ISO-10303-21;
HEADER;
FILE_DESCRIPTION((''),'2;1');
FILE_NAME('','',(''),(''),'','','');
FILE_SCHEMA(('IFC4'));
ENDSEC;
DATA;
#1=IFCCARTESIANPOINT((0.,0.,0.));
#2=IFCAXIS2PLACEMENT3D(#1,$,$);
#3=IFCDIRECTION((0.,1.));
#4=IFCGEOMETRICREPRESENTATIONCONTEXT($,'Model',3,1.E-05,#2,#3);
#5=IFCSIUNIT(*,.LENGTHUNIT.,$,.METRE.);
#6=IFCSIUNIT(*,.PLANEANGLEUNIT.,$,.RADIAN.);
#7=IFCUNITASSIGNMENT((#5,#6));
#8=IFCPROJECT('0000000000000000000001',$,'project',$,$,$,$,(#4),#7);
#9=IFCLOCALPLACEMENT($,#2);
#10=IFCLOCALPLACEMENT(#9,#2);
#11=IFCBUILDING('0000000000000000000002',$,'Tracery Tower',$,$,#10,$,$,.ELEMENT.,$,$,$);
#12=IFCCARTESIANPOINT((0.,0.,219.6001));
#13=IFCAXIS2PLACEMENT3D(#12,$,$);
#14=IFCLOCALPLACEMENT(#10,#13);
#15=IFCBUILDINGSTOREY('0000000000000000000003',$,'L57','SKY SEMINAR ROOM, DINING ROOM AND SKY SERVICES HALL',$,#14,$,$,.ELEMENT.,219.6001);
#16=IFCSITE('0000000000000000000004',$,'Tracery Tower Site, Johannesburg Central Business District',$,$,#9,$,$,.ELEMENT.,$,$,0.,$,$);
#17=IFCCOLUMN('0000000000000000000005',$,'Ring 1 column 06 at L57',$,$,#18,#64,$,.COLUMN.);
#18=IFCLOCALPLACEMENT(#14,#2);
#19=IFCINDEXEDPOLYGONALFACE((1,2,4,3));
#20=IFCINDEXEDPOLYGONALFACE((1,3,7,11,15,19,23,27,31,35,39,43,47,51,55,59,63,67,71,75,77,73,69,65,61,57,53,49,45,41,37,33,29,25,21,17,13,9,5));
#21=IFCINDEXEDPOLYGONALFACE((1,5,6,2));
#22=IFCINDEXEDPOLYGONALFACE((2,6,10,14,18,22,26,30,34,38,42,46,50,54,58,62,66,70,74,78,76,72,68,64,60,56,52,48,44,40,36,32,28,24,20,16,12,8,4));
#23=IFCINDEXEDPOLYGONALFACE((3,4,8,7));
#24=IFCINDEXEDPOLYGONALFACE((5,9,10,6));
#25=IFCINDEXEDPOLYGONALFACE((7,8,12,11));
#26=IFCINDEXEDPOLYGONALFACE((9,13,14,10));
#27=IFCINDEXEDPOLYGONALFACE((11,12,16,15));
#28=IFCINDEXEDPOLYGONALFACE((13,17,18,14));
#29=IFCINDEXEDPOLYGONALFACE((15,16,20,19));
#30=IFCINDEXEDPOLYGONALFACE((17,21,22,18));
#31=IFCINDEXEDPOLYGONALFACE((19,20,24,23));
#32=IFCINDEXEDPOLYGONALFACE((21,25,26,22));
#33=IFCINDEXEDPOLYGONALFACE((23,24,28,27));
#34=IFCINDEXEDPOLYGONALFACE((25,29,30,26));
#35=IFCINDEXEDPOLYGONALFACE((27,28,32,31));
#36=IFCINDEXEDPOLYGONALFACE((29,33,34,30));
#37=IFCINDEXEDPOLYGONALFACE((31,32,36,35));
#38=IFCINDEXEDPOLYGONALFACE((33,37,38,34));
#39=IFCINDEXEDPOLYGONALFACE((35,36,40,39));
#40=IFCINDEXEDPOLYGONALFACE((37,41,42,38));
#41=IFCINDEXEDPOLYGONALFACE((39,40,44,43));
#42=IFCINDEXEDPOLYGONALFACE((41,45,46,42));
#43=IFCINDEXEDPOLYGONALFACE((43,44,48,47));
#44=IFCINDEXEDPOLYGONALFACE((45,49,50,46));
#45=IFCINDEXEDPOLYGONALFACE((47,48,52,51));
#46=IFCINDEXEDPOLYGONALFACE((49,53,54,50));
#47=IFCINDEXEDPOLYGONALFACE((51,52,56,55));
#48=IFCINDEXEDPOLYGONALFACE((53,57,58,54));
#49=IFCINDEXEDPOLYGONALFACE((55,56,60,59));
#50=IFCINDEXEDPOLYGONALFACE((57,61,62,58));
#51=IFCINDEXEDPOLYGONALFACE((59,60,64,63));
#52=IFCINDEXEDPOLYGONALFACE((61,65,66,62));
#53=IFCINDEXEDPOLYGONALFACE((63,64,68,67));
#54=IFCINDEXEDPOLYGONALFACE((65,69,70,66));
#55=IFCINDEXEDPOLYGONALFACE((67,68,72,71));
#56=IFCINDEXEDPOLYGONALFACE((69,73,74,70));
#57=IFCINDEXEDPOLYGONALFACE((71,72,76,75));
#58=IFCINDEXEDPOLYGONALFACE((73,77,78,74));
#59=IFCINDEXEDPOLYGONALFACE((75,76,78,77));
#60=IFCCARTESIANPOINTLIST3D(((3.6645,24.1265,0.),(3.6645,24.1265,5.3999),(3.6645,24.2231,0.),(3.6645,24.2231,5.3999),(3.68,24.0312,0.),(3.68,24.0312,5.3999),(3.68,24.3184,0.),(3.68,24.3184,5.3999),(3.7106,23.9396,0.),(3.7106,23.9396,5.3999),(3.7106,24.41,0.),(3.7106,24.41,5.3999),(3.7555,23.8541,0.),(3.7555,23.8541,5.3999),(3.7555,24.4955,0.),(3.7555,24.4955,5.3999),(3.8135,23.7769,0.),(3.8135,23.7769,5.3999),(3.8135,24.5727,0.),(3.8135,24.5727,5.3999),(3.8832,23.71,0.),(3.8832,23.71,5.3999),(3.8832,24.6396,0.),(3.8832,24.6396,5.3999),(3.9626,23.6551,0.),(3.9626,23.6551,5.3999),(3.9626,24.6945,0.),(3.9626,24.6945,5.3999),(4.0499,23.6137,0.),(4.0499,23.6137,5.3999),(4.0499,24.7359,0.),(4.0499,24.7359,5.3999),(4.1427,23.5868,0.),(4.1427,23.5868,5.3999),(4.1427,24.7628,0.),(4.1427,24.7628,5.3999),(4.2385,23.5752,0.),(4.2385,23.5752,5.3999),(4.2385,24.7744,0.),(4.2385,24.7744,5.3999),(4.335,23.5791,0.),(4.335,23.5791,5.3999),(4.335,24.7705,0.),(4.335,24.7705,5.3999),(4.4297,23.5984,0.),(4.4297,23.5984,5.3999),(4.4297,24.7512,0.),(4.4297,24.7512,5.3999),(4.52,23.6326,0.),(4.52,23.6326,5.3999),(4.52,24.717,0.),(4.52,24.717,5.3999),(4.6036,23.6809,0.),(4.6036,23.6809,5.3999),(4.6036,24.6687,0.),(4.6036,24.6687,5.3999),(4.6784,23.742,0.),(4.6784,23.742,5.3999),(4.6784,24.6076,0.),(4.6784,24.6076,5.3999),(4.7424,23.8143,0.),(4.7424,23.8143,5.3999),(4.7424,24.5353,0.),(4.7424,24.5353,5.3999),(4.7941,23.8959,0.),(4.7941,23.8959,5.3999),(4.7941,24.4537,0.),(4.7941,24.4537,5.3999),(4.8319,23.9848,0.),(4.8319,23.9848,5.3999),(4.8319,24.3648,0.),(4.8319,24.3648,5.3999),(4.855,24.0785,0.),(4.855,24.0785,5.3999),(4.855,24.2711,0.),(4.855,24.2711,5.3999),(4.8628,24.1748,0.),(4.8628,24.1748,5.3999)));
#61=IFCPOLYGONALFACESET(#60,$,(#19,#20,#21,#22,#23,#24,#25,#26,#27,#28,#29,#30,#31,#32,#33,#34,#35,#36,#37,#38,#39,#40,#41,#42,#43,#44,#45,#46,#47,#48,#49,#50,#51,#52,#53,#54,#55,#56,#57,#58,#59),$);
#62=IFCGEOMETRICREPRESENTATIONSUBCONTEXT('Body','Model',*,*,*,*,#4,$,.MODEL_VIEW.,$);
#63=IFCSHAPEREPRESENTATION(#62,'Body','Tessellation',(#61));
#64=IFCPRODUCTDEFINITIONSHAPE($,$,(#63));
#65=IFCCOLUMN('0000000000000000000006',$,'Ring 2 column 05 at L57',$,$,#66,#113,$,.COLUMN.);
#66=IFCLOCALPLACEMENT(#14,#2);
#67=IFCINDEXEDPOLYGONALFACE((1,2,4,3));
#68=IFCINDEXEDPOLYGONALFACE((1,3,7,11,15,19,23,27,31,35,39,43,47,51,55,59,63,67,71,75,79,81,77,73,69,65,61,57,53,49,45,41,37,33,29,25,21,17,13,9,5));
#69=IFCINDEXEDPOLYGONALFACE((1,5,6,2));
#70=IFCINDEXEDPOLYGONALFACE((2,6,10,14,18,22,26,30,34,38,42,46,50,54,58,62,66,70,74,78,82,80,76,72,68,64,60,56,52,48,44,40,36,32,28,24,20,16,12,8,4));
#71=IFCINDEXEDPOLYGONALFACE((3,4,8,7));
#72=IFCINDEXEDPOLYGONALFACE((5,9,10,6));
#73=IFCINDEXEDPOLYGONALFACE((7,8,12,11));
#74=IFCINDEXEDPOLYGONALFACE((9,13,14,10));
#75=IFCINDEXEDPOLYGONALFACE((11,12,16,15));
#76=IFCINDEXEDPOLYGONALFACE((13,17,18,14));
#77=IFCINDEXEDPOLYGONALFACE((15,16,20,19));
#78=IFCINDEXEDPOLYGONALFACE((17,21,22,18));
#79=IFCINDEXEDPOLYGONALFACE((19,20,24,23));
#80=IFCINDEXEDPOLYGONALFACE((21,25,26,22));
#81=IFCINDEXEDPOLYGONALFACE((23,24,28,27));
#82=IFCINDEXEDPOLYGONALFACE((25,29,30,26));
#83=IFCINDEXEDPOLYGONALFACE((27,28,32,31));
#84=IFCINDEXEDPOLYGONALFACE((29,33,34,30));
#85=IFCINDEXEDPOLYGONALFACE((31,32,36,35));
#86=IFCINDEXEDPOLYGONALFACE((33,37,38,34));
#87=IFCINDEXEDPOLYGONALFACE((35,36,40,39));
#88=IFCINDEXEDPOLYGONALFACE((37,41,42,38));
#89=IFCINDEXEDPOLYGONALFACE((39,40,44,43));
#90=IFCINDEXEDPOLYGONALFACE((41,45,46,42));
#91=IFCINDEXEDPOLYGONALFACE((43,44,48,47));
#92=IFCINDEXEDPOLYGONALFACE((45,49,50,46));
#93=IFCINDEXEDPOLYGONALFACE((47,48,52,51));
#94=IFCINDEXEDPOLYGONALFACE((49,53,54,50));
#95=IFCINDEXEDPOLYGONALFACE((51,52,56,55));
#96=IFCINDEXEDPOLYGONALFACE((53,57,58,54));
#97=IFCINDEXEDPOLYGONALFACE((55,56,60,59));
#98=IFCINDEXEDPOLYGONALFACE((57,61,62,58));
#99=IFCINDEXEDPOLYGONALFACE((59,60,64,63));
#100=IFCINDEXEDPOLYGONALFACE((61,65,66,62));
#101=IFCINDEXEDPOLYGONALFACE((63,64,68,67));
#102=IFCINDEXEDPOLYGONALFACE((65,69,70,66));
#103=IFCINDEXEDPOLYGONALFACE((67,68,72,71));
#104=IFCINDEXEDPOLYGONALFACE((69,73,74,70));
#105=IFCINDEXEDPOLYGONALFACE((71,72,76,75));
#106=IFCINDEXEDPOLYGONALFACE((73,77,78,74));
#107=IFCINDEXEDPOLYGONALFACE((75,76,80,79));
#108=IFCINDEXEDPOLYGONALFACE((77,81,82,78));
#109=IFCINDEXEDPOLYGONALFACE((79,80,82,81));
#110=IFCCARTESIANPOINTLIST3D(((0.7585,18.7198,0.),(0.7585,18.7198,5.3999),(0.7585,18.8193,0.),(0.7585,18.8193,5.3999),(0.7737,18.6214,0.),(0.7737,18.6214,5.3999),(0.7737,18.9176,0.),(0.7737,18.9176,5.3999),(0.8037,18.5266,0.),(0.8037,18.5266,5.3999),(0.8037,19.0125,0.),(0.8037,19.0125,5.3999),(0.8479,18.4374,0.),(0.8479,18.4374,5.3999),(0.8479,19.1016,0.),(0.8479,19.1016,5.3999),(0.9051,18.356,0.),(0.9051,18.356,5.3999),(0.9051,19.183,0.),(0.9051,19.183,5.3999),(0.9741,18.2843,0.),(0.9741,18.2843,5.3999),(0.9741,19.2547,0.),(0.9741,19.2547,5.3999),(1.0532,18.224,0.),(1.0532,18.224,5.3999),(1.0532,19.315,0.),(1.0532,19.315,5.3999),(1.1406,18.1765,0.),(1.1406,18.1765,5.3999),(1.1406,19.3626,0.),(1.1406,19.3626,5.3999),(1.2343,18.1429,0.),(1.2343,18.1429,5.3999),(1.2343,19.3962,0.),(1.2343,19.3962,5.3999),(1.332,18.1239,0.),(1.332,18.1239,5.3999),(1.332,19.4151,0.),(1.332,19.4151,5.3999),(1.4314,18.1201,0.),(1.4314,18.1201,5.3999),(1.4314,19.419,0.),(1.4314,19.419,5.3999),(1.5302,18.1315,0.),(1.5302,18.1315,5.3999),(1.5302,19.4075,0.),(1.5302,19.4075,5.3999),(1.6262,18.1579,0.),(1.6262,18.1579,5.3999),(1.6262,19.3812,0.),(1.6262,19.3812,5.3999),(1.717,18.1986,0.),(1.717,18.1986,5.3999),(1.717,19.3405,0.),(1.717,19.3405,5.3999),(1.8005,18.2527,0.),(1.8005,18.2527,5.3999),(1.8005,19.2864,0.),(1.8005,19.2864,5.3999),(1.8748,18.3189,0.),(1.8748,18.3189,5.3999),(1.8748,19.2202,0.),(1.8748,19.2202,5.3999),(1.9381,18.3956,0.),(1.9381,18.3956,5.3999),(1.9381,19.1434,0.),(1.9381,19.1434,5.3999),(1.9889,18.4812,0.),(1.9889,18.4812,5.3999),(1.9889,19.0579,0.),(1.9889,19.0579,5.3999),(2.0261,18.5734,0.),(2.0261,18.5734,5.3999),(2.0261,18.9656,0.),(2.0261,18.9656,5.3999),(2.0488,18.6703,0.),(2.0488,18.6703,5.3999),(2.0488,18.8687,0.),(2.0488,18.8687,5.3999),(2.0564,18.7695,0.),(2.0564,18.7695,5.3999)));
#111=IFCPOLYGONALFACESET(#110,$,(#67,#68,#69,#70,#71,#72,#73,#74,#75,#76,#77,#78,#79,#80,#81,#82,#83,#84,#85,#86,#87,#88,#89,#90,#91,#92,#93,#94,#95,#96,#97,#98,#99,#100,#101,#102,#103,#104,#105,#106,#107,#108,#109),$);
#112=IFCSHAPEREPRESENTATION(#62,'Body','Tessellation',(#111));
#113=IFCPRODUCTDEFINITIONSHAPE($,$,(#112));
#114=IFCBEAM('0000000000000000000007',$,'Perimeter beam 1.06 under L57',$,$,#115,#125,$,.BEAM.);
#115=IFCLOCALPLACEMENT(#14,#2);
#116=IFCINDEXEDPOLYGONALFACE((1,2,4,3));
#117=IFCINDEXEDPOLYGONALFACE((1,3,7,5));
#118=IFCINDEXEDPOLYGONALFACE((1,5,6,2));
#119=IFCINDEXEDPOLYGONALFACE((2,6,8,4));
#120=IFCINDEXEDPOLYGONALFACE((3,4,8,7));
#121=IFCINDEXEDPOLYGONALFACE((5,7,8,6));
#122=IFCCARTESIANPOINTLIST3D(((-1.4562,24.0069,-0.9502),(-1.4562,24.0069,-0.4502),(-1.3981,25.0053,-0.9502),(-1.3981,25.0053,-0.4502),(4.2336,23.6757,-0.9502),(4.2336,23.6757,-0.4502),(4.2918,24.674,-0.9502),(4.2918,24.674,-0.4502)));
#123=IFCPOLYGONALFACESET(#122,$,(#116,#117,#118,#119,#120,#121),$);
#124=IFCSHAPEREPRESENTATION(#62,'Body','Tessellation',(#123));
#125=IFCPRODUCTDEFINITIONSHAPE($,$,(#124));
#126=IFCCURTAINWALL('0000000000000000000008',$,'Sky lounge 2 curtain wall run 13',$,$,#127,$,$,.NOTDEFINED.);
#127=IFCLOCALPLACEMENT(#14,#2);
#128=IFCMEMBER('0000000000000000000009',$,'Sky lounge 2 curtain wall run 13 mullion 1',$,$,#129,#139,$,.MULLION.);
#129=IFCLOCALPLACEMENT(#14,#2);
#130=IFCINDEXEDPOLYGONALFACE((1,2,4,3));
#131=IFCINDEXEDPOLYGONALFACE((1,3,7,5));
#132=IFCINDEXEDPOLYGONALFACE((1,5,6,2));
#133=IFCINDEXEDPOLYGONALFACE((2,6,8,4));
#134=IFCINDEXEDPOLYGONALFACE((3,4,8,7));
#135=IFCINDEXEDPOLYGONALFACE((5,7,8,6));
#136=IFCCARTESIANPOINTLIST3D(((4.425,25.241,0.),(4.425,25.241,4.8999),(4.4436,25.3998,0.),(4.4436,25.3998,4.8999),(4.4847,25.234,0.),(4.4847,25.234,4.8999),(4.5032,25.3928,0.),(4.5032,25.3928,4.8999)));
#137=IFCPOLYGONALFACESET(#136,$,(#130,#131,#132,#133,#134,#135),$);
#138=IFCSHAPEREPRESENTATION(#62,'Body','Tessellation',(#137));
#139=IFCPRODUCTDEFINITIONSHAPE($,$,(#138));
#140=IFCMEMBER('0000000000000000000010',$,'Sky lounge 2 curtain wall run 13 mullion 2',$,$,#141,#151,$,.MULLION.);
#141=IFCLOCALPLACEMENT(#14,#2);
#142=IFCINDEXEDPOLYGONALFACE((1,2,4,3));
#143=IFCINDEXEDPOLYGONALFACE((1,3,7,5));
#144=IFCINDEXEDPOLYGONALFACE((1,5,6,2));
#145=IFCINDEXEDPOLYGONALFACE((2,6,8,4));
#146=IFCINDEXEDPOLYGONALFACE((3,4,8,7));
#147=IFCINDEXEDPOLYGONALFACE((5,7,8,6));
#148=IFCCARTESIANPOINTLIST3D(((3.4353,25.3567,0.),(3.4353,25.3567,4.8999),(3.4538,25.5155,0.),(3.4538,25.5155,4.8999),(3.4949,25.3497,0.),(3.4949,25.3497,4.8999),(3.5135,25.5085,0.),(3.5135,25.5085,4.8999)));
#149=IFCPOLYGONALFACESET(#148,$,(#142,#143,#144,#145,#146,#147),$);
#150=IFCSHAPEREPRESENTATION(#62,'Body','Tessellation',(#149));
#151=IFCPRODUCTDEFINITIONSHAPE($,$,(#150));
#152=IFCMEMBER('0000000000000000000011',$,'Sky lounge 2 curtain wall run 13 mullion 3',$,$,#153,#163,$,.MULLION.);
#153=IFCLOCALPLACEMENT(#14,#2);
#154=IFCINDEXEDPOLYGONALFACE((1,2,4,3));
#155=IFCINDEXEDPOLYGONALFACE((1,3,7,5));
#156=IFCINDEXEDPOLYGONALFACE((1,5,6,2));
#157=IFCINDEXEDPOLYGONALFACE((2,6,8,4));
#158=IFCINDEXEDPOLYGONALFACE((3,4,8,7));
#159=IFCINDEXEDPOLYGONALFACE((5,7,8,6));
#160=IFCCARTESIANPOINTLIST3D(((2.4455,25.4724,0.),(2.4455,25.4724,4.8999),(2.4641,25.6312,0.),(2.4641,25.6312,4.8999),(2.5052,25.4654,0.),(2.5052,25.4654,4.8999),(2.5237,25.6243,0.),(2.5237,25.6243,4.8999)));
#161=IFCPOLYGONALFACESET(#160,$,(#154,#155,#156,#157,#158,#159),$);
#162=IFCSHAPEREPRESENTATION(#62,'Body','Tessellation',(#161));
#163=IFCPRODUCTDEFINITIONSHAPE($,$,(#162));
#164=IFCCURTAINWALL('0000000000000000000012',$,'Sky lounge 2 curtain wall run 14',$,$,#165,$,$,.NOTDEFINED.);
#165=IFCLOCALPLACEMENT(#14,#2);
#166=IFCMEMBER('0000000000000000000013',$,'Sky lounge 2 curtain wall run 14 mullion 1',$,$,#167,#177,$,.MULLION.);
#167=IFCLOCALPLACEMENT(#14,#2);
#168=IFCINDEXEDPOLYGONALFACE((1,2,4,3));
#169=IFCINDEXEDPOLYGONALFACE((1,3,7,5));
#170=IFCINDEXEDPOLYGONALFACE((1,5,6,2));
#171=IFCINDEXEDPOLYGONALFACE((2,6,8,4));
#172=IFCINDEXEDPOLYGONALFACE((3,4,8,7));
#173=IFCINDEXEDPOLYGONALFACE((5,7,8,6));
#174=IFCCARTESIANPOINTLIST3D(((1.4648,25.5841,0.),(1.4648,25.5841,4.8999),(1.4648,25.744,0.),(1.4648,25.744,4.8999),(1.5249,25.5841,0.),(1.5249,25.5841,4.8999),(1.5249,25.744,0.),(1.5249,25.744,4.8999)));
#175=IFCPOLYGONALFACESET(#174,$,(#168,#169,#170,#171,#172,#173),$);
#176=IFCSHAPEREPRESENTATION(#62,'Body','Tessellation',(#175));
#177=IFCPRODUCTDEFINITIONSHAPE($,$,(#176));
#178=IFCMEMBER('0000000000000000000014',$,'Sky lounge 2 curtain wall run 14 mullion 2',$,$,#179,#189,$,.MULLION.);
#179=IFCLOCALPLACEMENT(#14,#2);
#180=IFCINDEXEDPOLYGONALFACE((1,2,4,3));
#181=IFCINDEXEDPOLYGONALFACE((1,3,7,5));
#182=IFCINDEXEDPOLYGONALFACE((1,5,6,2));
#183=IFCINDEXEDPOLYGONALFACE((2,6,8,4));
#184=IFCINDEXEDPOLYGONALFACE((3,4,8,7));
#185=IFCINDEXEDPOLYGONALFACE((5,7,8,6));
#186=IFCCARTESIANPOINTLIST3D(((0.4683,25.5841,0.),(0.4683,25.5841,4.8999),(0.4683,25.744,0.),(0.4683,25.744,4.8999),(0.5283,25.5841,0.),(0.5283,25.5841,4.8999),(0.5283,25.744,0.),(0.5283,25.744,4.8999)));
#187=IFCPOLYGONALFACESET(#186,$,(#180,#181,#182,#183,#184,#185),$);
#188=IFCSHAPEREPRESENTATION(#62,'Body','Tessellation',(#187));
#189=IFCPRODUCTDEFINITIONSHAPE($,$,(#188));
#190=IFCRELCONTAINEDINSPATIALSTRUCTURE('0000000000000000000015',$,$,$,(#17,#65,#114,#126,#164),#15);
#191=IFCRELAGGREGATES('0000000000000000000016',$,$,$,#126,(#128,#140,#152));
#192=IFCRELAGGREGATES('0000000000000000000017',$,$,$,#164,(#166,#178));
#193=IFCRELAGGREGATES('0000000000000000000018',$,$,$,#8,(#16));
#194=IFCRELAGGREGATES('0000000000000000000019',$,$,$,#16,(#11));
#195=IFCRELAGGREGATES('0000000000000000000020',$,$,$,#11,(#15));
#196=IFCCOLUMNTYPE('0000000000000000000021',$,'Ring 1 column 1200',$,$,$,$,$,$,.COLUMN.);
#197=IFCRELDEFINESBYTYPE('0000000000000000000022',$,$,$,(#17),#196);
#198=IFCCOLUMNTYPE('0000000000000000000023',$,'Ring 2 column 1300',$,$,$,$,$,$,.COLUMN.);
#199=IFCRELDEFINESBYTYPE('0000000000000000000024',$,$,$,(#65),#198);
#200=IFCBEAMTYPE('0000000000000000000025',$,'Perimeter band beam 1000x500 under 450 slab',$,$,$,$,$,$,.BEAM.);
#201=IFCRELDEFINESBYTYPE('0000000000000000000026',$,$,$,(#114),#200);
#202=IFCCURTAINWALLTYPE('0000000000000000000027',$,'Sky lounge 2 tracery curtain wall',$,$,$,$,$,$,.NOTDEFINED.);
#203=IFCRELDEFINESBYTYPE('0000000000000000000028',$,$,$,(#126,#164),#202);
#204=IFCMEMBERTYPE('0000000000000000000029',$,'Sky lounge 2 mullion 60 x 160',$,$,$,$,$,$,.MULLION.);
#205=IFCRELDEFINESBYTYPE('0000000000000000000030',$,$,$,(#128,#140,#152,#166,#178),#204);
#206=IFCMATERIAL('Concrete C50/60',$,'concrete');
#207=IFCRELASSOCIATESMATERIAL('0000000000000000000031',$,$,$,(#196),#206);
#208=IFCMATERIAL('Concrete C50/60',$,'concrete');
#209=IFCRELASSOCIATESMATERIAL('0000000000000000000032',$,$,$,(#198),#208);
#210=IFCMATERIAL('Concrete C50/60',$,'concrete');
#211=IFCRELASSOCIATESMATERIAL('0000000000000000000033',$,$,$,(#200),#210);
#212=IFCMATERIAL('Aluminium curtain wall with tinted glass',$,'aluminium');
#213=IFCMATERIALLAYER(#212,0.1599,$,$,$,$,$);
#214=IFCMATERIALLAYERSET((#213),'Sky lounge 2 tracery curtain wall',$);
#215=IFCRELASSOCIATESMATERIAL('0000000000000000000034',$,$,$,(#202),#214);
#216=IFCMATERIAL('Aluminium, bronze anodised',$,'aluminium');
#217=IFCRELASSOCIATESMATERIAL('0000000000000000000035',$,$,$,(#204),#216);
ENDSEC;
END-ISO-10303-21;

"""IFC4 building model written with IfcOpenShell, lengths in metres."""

from ifc_helpers import new_model, si_unit, direction, frame, origin, origin_2d, place, context, subcontext, project, spatial, rectangle, circle, extrude, material, layer, layer_set, material_profile, profile_set, type_object, element, aggregate, save


model = new_model("IFC4")

# Units and contexts
model_context = context("Model", 3, precision=1e-05, world=origin(), true_north=direction((0.0, 1.0)))
body_context = subcontext(model_context, "Body", "Model", "MODEL_VIEW")
ifc_project = project(units=[si_unit("LENGTHUNIT", "METRE"), si_unit("PLANEANGLEUNIT", "RADIAN")], contexts=[model_context])

# Site, building, storey
site_placement = place(None, origin())
site = spatial("IfcSite", under=ifc_project, at=site_placement, Name="Tracery Tower Site, Johannesburg Central Business District", CompositionType="ELEMENT", RefElevation=0.0)
building_placement = place(site_placement, origin())
building = spatial("IfcBuilding", under=site, at=building_placement, Name="Tracery Tower", CompositionType="ELEMENT")
storey_placement = place(building_placement, frame((0.0, 0.0, 219.6001)))
storey = spatial("IfcBuildingStorey", under=building, at=storey_placement, Name="L57", Description="SKY SEMINAR ROOM, DINING ROOM AND SKY SERVICES HALL", CompositionType="ELEMENT", Elevation=219.6001)

# Columns
ifc_material_1 = material(Name="Concrete C50/60", Category="concrete")
ifc_material_profile_1 = material_profile(ifc_material_1, circle(Radius=0.6001, at=origin_2d()), Name="RC D1200")
ifc_profile_set_1 = profile_set([ifc_material_profile_1], Name="Concrete C50/60")
column_type_1 = type_object("IfcColumnType", Name="Ring 1 column 1200", PredefinedType="COLUMN", material=ifc_profile_set_1)
column_1_placement = place(storey_placement, frame((4.2627, 24.1748, 0.0), z_axis=(0.0, 0.0, 1.0), x_axis=(1.0, 0.0, 0.0)))
element("IfcColumn", 1, at=column_1_placement, inside=storey, type_object=column_type_1, Name="Ring 1 column 06 at L57", PredefinedType="COLUMN", context=body_context, shape_type="SweptSolid", body=[
    extrude(circle(Radius=0.6001, at=origin_2d()), origin(), (0.0, 0.0, 1.0), 5.3999),
])
ifc_material_2 = material(Name="Concrete C50/60", Category="concrete")
ifc_material_profile_2 = material_profile(ifc_material_2, circle(Radius=0.6499, at=origin_2d()), Name="RC D1300")
ifc_profile_set_2 = profile_set([ifc_material_profile_2], Name="Concrete C50/60")
column_type_2 = type_object("IfcColumnType", Name="Ring 2 column 1300", PredefinedType="COLUMN", material=ifc_profile_set_2)
column_2_placement = place(storey_placement, frame((1.4065, 18.7695, 0.0), z_axis=(0.0, 0.0, 1.0), x_axis=(1.0, 0.0, 0.0)))
element("IfcColumn", 2, at=column_2_placement, inside=storey, type_object=column_type_2, Name="Ring 2 column 05 at L57", PredefinedType="COLUMN", context=body_context, shape_type="SweptSolid", body=[
    extrude(circle(Radius=0.6499, at=origin_2d()), origin(), (0.0, 0.0, 1.0), 5.3999),
])

# Beam
ifc_material_3 = material(Name="Concrete C50/60", Category="concrete")
ifc_material_profile_3 = material_profile(ifc_material_3, rectangle(XDim=1.0, YDim=0.5, at=origin_2d()), Name="RC 1000x500")
ifc_profile_set_3 = profile_set([ifc_material_profile_3], Name="Concrete C50/60")
beam_type = type_object("IfcBeamType", Name="Perimeter band beam 1000x500 under 450 slab", PredefinedType="BEAM", material=ifc_profile_set_3)
beam_placement = place(storey_placement, frame((4.2627, 24.1748, -0.7002), z_axis=(-0.998309, 0.058127, 0.0), x_axis=(-0.058127, -0.998309, 0.0)))
element("IfcBeam", 3, at=beam_placement, inside=storey, type_object=beam_type, Name="Perimeter beam 1.06 under L57", PredefinedType="BEAM", context=body_context, shape_type="SweptSolid", body=[
    extrude(rectangle(XDim=1.0, YDim=0.5, at=origin_2d()), origin(), (0.0, 0.0, 1.0), 5.6995),
])

# Curtain walls, members
ifc_material_4 = material(Name="Aluminium curtain wall with tinted glass", Category="aluminium")
ifc_layer_1 = layer(ifc_material_4, 0.1599)
ifc_layer_set_1 = layer_set([ifc_layer_1], Name="Sky lounge 2 tracery curtain wall")
curtain_wall_type = type_object("IfcCurtainWallType", Name="Sky lounge 2 tracery curtain wall", PredefinedType="NOTDEFINED", material=ifc_layer_set_1)
curtain_wall_1_placement = place(storey_placement, origin())
curtain_wall_1 = element("IfcCurtainWall", 4, at=curtain_wall_1_placement, inside=storey, type_object=curtain_wall_type, Name="Sky lounge 2 curtain wall run 13", PredefinedType="NOTDEFINED")
ifc_material_5 = material(Name="Aluminium, bronze anodised", Category="aluminium")
ifc_material_profile_4 = material_profile(ifc_material_5, rectangle(XDim=0.1599, YDim=0.0601, at=origin_2d()), Name="AL 60x160")
ifc_profile_set_4 = profile_set([ifc_material_profile_4], Name="Aluminium, bronze anodised")
member_type_1 = type_object("IfcMemberType", Name="Sky lounge 2 mullion 60 x 160", PredefinedType="MULLION", material=ifc_profile_set_4)
member_1_placement = place(storey_placement, frame((4.4641, 25.3169, 0.0), z_axis=(0.0, 0.0, 1.0), x_axis=(-0.116093, -0.993238, 0.0)))
member_1 = element("IfcMember", 5, at=member_1_placement, type_object=member_type_1, Name="Sky lounge 2 curtain wall run 13 mullion 1", PredefinedType="MULLION", context=body_context, shape_type="SweptSolid", body=[
    extrude(rectangle(XDim=0.1599, YDim=0.0601, at=origin_2d()), origin(), (0.0, 0.0, 1.0), 4.8999),
])
member_2_placement = place(storey_placement, frame((3.4744, 25.4326, 0.0), z_axis=(0.0, 0.0, 1.0), x_axis=(-0.116093, -0.993238, 0.0)))
member_2 = element("IfcMember", 6, at=member_2_placement, type_object=member_type_1, Name="Sky lounge 2 curtain wall run 13 mullion 2", PredefinedType="MULLION", context=body_context, shape_type="SweptSolid", body=[
    extrude(rectangle(XDim=0.1599, YDim=0.0601, at=origin_2d()), origin(), (0.0, 0.0, 1.0), 4.8999),
])
member_3_placement = place(storey_placement, frame((2.4846, 25.5483, 0.0), z_axis=(0.0, 0.0, 1.0), x_axis=(-0.116093, -0.993238, 0.0)))
member_3 = element("IfcMember", 7, at=member_3_placement, type_object=member_type_1, Name="Sky lounge 2 curtain wall run 13 mullion 3", PredefinedType="MULLION", context=body_context, shape_type="SweptSolid", body=[
    extrude(rectangle(XDim=0.1599, YDim=0.0601, at=origin_2d()), origin(), (0.0, 0.0, 1.0), 4.8999),
])
curtain_wall_2_placement = place(storey_placement, origin())
curtain_wall_2 = element("IfcCurtainWall", 8, at=curtain_wall_2_placement, inside=storey, type_object=curtain_wall_type, Name="Sky lounge 2 curtain wall run 14", PredefinedType="NOTDEFINED")
member_4_placement = place(storey_placement, frame((1.4949, 25.6641, 0.0), z_axis=(0.0, 0.0, 1.0), x_axis=(0.0, -1.0, 0.0)))
member_4 = element("IfcMember", 9, at=member_4_placement, type_object=member_type_1, Name="Sky lounge 2 curtain wall run 14 mullion 1", PredefinedType="MULLION", context=body_context, shape_type="SweptSolid", body=[
    extrude(rectangle(XDim=0.1599, YDim=0.0601, at=origin_2d()), origin(), (0.0, 0.0, 1.0), 4.8999),
])
member_5_placement = place(storey_placement, frame((0.4983, 25.6641, 0.0), z_axis=(0.0, 0.0, 1.0), x_axis=(0.0, -1.0, 0.0)))
member_5 = element("IfcMember", 10, at=member_5_placement, type_object=member_type_1, Name="Sky lounge 2 curtain wall run 14 mullion 2", PredefinedType="MULLION", context=body_context, shape_type="SweptSolid", body=[
    extrude(rectangle(XDim=0.1599, YDim=0.0601, at=origin_2d()), origin(), (0.0, 0.0, 1.0), 4.8999),
])

aggregate(curtain_wall_1, [member_1, member_2, member_3])
aggregate(curtain_wall_2, [member_4, member_5])

save(model, "model.ifc")
